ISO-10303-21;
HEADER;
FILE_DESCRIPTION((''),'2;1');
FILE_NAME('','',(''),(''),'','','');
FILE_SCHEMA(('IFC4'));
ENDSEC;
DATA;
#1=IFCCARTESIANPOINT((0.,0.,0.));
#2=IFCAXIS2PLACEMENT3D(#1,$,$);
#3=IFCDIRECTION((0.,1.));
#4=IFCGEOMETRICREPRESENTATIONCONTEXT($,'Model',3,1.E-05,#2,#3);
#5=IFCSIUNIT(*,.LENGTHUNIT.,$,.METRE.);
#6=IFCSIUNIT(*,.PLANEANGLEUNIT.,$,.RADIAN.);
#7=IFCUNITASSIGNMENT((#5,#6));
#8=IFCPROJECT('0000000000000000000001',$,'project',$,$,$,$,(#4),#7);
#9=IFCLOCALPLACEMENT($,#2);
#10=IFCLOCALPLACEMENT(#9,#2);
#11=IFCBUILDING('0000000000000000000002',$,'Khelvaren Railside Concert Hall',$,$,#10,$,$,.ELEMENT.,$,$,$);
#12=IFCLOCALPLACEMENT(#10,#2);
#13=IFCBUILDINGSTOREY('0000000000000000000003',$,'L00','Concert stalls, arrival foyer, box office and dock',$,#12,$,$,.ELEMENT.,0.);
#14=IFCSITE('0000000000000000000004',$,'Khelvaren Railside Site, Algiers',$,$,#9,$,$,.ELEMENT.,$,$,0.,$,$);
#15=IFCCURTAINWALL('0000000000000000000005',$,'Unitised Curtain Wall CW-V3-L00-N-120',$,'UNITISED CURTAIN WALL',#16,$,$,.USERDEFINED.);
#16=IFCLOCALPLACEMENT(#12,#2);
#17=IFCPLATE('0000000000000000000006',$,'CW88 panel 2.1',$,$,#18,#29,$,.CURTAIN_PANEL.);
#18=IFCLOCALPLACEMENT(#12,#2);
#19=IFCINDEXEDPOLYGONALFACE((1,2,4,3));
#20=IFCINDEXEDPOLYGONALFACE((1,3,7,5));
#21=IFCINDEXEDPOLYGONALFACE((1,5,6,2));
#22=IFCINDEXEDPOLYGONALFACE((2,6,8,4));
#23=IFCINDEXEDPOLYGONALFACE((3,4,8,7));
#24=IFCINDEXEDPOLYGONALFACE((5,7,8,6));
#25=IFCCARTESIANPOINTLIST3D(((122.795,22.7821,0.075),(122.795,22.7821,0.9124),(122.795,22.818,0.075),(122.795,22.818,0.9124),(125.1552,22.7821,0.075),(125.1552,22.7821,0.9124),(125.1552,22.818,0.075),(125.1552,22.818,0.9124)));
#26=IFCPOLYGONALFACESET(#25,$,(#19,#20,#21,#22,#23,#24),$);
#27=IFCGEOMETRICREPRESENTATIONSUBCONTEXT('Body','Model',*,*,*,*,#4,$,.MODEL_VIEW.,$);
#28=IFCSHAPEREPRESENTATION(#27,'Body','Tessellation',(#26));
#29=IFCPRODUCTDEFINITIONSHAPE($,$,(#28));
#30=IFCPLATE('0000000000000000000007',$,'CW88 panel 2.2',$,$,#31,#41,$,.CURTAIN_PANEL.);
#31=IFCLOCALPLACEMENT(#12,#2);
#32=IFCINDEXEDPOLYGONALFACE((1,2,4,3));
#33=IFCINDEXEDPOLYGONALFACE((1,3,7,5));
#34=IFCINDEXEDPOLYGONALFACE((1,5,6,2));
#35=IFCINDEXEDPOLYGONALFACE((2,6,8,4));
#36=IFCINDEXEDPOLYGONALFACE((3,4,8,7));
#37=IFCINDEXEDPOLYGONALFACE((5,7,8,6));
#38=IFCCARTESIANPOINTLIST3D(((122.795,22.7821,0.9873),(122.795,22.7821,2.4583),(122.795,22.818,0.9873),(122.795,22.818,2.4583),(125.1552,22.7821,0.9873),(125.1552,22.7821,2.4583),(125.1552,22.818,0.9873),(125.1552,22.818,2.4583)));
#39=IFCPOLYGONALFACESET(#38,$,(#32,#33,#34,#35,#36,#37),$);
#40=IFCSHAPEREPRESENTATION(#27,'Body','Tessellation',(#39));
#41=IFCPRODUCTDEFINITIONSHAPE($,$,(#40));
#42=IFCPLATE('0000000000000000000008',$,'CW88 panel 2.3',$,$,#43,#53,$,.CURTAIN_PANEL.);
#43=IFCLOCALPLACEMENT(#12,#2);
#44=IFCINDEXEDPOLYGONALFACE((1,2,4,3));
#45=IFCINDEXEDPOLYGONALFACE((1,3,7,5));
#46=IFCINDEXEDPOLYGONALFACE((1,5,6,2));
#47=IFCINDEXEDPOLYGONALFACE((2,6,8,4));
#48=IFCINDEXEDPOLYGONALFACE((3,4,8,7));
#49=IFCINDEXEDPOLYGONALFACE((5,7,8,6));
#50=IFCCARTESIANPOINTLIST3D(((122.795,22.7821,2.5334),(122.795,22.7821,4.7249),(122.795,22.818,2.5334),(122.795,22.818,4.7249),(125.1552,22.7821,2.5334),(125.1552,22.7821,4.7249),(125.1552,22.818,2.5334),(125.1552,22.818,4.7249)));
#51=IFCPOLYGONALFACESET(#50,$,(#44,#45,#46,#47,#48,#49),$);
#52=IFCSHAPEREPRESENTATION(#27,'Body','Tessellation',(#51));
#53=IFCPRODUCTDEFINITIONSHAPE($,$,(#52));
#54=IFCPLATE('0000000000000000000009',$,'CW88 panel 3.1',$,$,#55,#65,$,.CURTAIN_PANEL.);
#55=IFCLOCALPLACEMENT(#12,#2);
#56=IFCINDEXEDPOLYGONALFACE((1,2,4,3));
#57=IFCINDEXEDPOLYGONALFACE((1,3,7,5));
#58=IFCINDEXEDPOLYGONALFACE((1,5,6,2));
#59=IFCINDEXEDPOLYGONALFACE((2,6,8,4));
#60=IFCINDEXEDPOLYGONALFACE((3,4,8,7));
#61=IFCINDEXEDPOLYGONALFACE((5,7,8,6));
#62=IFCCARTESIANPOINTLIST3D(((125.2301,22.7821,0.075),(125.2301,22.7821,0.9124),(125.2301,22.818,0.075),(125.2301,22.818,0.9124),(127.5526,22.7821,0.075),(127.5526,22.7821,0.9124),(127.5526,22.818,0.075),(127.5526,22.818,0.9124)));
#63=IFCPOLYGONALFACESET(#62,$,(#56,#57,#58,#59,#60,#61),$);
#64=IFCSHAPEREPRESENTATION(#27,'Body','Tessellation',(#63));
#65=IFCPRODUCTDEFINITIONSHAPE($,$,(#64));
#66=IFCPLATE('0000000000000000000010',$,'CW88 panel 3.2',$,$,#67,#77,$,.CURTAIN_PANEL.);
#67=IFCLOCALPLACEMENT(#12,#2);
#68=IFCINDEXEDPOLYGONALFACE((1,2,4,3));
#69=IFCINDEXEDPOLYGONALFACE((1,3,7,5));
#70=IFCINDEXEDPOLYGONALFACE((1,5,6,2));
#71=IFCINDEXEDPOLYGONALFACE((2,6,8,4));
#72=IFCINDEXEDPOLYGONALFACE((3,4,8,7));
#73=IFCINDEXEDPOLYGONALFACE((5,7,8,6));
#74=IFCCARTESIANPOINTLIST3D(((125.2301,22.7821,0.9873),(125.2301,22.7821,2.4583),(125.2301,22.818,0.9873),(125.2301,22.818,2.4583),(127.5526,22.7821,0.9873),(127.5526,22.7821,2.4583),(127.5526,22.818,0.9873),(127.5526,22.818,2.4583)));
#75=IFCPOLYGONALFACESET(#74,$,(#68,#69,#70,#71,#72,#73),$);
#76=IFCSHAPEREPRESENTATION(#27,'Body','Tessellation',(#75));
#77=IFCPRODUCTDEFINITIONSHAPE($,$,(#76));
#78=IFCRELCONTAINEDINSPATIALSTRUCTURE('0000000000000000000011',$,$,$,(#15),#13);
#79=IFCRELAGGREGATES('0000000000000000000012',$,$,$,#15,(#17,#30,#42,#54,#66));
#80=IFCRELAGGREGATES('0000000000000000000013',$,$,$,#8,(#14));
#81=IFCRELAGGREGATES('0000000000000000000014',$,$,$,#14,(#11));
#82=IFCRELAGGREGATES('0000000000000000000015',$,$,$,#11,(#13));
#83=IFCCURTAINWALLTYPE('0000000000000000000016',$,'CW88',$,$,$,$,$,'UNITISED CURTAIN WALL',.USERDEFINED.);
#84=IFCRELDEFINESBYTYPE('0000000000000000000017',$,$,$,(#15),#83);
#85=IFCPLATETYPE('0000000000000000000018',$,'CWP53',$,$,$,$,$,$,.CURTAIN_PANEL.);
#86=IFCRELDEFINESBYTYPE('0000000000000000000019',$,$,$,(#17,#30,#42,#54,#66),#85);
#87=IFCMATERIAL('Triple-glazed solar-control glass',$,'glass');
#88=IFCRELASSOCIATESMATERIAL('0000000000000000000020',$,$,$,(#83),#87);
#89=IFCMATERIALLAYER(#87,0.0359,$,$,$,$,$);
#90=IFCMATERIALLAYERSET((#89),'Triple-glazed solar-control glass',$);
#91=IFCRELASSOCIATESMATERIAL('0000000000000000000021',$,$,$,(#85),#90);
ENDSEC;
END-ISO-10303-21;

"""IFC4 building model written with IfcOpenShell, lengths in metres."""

from ifc_helpers import new_model, si_unit, direction, frame, origin, origin_2d, place, context, subcontext, project, spatial, rectangle, extrude, material, layer, layer_set, type_object, element, aggregate, save


model = new_model("IFC4")

# Units and contexts
model_context = context("Model", 3, precision=1e-05, world=origin(), true_north=direction((0.0, 1.0)))
body_context = subcontext(model_context, "Body", "Model", "MODEL_VIEW")
ifc_project = project(units=[si_unit("LENGTHUNIT", "METRE"), si_unit("PLANEANGLEUNIT", "RADIAN")], contexts=[model_context])

# Site, building, storey
site_placement = place(None, origin())
site = spatial("IfcSite", under=ifc_project, at=site_placement, Name="Khelvaren Railside Site, Algiers", CompositionType="ELEMENT", RefElevation=0.0)
building_placement = place(site_placement, origin())
building = spatial("IfcBuilding", under=site, at=building_placement, Name="Khelvaren Railside Concert Hall", CompositionType="ELEMENT")
storey_placement = place(building_placement, origin())
storey = spatial("IfcBuildingStorey", under=building, at=storey_placement, Name="L00", Description="Concert stalls, arrival foyer, box office and dock", CompositionType="ELEMENT", Elevation=0.0)

# Curtain wall
ifc_material_1 = material(Name="Triple-glazed solar-control glass", Category="glass")
curtain_wall_type_1 = type_object("IfcCurtainWallType", Name="CW88", ElementType="UNITISED CURTAIN WALL", PredefinedType="USERDEFINED", material=ifc_material_1)
curtain_wall_1_placement = place(storey_placement, origin())
curtain_wall_1 = element("IfcCurtainWall", 1, at=curtain_wall_1_placement, inside=storey, type_object=curtain_wall_type_1, Name="Unitised Curtain Wall CW-V3-L00-N-120", ObjectType="UNITISED CURTAIN WALL", PredefinedType="USERDEFINED")

# Plates
ifc_layer = layer(ifc_material_1, 0.0359)
ifc_layer_set = layer_set([ifc_layer], Name="Triple-glazed solar-control glass")
plate_type = type_object("IfcPlateType", Name="CWP53", PredefinedType="CURTAIN_PANEL", material=ifc_layer_set)
plate_1_placement = place(storey_placement, frame((123.9751, 22.8, 0.075), z_axis=(0.0, 0.0, 1.0), x_axis=(1.0, 0.0, 0.0)))
plate_1 = element("IfcPlate", 2, at=plate_1_placement, type_object=plate_type, Name="CW88 panel 2.1", PredefinedType="CURTAIN_PANEL", context=body_context, shape_type="SweptSolid", body=[
    extrude(rectangle(XDim=2.3601, YDim=0.0359, at=origin_2d()), origin(), (0.0, 0.0, 1.0), 0.8374),
])
plate_2_placement = place(storey_placement, frame((123.9751, 22.8, 0.9873), z_axis=(0.0, 0.0, 1.0), x_axis=(1.0, 0.0, 0.0)))
plate_2 = element("IfcPlate", 3, at=plate_2_placement, type_object=plate_type, Name="CW88 panel 2.2", PredefinedType="CURTAIN_PANEL", context=body_context, shape_type="SweptSolid", body=[
    extrude(rectangle(XDim=2.3601, YDim=0.0359, at=origin_2d()), origin(), (0.0, 0.0, 1.0), 1.4709),
])
plate_3_placement = place(storey_placement, frame((123.9751, 22.8, 2.5334), z_axis=(0.0, 0.0, 1.0), x_axis=(1.0, 0.0, 0.0)))
plate_3 = element("IfcPlate", 4, at=plate_3_placement, type_object=plate_type, Name="CW88 panel 2.3", PredefinedType="CURTAIN_PANEL", context=body_context, shape_type="SweptSolid", body=[
    extrude(rectangle(XDim=2.3601, YDim=0.0359, at=origin_2d()), origin(), (0.0, 0.0, 1.0), 2.1914),
])
plate_4_placement = place(storey_placement, frame((126.3914, 22.8, 0.075), z_axis=(0.0, 0.0, 1.0), x_axis=(1.0, 0.0, 0.0)))
plate_4 = element("IfcPlate", 5, at=plate_4_placement, type_object=plate_type, Name="CW88 panel 3.1", PredefinedType="CURTAIN_PANEL", context=body_context, shape_type="SweptSolid", body=[
    extrude(rectangle(XDim=2.3225, YDim=0.0359, at=origin_2d()), origin(), (0.0, 0.0, 1.0), 0.8374),
])
plate_5_placement = place(storey_placement, frame((126.3914, 22.8, 0.9873), z_axis=(0.0, 0.0, 1.0), x_axis=(1.0, 0.0, 0.0)))
plate_5 = element("IfcPlate", 6, at=plate_5_placement, type_object=plate_type, Name="CW88 panel 3.2", PredefinedType="CURTAIN_PANEL", context=body_context, shape_type="SweptSolid", body=[
    extrude(rectangle(XDim=2.3225, YDim=0.0359, at=origin_2d()), origin(), (0.0, 0.0, 1.0), 1.4709),
])
aggregate(curtain_wall_1, [plate_1, plate_2, plate_3, plate_4, plate_5])

save(model, "model.ifc")
